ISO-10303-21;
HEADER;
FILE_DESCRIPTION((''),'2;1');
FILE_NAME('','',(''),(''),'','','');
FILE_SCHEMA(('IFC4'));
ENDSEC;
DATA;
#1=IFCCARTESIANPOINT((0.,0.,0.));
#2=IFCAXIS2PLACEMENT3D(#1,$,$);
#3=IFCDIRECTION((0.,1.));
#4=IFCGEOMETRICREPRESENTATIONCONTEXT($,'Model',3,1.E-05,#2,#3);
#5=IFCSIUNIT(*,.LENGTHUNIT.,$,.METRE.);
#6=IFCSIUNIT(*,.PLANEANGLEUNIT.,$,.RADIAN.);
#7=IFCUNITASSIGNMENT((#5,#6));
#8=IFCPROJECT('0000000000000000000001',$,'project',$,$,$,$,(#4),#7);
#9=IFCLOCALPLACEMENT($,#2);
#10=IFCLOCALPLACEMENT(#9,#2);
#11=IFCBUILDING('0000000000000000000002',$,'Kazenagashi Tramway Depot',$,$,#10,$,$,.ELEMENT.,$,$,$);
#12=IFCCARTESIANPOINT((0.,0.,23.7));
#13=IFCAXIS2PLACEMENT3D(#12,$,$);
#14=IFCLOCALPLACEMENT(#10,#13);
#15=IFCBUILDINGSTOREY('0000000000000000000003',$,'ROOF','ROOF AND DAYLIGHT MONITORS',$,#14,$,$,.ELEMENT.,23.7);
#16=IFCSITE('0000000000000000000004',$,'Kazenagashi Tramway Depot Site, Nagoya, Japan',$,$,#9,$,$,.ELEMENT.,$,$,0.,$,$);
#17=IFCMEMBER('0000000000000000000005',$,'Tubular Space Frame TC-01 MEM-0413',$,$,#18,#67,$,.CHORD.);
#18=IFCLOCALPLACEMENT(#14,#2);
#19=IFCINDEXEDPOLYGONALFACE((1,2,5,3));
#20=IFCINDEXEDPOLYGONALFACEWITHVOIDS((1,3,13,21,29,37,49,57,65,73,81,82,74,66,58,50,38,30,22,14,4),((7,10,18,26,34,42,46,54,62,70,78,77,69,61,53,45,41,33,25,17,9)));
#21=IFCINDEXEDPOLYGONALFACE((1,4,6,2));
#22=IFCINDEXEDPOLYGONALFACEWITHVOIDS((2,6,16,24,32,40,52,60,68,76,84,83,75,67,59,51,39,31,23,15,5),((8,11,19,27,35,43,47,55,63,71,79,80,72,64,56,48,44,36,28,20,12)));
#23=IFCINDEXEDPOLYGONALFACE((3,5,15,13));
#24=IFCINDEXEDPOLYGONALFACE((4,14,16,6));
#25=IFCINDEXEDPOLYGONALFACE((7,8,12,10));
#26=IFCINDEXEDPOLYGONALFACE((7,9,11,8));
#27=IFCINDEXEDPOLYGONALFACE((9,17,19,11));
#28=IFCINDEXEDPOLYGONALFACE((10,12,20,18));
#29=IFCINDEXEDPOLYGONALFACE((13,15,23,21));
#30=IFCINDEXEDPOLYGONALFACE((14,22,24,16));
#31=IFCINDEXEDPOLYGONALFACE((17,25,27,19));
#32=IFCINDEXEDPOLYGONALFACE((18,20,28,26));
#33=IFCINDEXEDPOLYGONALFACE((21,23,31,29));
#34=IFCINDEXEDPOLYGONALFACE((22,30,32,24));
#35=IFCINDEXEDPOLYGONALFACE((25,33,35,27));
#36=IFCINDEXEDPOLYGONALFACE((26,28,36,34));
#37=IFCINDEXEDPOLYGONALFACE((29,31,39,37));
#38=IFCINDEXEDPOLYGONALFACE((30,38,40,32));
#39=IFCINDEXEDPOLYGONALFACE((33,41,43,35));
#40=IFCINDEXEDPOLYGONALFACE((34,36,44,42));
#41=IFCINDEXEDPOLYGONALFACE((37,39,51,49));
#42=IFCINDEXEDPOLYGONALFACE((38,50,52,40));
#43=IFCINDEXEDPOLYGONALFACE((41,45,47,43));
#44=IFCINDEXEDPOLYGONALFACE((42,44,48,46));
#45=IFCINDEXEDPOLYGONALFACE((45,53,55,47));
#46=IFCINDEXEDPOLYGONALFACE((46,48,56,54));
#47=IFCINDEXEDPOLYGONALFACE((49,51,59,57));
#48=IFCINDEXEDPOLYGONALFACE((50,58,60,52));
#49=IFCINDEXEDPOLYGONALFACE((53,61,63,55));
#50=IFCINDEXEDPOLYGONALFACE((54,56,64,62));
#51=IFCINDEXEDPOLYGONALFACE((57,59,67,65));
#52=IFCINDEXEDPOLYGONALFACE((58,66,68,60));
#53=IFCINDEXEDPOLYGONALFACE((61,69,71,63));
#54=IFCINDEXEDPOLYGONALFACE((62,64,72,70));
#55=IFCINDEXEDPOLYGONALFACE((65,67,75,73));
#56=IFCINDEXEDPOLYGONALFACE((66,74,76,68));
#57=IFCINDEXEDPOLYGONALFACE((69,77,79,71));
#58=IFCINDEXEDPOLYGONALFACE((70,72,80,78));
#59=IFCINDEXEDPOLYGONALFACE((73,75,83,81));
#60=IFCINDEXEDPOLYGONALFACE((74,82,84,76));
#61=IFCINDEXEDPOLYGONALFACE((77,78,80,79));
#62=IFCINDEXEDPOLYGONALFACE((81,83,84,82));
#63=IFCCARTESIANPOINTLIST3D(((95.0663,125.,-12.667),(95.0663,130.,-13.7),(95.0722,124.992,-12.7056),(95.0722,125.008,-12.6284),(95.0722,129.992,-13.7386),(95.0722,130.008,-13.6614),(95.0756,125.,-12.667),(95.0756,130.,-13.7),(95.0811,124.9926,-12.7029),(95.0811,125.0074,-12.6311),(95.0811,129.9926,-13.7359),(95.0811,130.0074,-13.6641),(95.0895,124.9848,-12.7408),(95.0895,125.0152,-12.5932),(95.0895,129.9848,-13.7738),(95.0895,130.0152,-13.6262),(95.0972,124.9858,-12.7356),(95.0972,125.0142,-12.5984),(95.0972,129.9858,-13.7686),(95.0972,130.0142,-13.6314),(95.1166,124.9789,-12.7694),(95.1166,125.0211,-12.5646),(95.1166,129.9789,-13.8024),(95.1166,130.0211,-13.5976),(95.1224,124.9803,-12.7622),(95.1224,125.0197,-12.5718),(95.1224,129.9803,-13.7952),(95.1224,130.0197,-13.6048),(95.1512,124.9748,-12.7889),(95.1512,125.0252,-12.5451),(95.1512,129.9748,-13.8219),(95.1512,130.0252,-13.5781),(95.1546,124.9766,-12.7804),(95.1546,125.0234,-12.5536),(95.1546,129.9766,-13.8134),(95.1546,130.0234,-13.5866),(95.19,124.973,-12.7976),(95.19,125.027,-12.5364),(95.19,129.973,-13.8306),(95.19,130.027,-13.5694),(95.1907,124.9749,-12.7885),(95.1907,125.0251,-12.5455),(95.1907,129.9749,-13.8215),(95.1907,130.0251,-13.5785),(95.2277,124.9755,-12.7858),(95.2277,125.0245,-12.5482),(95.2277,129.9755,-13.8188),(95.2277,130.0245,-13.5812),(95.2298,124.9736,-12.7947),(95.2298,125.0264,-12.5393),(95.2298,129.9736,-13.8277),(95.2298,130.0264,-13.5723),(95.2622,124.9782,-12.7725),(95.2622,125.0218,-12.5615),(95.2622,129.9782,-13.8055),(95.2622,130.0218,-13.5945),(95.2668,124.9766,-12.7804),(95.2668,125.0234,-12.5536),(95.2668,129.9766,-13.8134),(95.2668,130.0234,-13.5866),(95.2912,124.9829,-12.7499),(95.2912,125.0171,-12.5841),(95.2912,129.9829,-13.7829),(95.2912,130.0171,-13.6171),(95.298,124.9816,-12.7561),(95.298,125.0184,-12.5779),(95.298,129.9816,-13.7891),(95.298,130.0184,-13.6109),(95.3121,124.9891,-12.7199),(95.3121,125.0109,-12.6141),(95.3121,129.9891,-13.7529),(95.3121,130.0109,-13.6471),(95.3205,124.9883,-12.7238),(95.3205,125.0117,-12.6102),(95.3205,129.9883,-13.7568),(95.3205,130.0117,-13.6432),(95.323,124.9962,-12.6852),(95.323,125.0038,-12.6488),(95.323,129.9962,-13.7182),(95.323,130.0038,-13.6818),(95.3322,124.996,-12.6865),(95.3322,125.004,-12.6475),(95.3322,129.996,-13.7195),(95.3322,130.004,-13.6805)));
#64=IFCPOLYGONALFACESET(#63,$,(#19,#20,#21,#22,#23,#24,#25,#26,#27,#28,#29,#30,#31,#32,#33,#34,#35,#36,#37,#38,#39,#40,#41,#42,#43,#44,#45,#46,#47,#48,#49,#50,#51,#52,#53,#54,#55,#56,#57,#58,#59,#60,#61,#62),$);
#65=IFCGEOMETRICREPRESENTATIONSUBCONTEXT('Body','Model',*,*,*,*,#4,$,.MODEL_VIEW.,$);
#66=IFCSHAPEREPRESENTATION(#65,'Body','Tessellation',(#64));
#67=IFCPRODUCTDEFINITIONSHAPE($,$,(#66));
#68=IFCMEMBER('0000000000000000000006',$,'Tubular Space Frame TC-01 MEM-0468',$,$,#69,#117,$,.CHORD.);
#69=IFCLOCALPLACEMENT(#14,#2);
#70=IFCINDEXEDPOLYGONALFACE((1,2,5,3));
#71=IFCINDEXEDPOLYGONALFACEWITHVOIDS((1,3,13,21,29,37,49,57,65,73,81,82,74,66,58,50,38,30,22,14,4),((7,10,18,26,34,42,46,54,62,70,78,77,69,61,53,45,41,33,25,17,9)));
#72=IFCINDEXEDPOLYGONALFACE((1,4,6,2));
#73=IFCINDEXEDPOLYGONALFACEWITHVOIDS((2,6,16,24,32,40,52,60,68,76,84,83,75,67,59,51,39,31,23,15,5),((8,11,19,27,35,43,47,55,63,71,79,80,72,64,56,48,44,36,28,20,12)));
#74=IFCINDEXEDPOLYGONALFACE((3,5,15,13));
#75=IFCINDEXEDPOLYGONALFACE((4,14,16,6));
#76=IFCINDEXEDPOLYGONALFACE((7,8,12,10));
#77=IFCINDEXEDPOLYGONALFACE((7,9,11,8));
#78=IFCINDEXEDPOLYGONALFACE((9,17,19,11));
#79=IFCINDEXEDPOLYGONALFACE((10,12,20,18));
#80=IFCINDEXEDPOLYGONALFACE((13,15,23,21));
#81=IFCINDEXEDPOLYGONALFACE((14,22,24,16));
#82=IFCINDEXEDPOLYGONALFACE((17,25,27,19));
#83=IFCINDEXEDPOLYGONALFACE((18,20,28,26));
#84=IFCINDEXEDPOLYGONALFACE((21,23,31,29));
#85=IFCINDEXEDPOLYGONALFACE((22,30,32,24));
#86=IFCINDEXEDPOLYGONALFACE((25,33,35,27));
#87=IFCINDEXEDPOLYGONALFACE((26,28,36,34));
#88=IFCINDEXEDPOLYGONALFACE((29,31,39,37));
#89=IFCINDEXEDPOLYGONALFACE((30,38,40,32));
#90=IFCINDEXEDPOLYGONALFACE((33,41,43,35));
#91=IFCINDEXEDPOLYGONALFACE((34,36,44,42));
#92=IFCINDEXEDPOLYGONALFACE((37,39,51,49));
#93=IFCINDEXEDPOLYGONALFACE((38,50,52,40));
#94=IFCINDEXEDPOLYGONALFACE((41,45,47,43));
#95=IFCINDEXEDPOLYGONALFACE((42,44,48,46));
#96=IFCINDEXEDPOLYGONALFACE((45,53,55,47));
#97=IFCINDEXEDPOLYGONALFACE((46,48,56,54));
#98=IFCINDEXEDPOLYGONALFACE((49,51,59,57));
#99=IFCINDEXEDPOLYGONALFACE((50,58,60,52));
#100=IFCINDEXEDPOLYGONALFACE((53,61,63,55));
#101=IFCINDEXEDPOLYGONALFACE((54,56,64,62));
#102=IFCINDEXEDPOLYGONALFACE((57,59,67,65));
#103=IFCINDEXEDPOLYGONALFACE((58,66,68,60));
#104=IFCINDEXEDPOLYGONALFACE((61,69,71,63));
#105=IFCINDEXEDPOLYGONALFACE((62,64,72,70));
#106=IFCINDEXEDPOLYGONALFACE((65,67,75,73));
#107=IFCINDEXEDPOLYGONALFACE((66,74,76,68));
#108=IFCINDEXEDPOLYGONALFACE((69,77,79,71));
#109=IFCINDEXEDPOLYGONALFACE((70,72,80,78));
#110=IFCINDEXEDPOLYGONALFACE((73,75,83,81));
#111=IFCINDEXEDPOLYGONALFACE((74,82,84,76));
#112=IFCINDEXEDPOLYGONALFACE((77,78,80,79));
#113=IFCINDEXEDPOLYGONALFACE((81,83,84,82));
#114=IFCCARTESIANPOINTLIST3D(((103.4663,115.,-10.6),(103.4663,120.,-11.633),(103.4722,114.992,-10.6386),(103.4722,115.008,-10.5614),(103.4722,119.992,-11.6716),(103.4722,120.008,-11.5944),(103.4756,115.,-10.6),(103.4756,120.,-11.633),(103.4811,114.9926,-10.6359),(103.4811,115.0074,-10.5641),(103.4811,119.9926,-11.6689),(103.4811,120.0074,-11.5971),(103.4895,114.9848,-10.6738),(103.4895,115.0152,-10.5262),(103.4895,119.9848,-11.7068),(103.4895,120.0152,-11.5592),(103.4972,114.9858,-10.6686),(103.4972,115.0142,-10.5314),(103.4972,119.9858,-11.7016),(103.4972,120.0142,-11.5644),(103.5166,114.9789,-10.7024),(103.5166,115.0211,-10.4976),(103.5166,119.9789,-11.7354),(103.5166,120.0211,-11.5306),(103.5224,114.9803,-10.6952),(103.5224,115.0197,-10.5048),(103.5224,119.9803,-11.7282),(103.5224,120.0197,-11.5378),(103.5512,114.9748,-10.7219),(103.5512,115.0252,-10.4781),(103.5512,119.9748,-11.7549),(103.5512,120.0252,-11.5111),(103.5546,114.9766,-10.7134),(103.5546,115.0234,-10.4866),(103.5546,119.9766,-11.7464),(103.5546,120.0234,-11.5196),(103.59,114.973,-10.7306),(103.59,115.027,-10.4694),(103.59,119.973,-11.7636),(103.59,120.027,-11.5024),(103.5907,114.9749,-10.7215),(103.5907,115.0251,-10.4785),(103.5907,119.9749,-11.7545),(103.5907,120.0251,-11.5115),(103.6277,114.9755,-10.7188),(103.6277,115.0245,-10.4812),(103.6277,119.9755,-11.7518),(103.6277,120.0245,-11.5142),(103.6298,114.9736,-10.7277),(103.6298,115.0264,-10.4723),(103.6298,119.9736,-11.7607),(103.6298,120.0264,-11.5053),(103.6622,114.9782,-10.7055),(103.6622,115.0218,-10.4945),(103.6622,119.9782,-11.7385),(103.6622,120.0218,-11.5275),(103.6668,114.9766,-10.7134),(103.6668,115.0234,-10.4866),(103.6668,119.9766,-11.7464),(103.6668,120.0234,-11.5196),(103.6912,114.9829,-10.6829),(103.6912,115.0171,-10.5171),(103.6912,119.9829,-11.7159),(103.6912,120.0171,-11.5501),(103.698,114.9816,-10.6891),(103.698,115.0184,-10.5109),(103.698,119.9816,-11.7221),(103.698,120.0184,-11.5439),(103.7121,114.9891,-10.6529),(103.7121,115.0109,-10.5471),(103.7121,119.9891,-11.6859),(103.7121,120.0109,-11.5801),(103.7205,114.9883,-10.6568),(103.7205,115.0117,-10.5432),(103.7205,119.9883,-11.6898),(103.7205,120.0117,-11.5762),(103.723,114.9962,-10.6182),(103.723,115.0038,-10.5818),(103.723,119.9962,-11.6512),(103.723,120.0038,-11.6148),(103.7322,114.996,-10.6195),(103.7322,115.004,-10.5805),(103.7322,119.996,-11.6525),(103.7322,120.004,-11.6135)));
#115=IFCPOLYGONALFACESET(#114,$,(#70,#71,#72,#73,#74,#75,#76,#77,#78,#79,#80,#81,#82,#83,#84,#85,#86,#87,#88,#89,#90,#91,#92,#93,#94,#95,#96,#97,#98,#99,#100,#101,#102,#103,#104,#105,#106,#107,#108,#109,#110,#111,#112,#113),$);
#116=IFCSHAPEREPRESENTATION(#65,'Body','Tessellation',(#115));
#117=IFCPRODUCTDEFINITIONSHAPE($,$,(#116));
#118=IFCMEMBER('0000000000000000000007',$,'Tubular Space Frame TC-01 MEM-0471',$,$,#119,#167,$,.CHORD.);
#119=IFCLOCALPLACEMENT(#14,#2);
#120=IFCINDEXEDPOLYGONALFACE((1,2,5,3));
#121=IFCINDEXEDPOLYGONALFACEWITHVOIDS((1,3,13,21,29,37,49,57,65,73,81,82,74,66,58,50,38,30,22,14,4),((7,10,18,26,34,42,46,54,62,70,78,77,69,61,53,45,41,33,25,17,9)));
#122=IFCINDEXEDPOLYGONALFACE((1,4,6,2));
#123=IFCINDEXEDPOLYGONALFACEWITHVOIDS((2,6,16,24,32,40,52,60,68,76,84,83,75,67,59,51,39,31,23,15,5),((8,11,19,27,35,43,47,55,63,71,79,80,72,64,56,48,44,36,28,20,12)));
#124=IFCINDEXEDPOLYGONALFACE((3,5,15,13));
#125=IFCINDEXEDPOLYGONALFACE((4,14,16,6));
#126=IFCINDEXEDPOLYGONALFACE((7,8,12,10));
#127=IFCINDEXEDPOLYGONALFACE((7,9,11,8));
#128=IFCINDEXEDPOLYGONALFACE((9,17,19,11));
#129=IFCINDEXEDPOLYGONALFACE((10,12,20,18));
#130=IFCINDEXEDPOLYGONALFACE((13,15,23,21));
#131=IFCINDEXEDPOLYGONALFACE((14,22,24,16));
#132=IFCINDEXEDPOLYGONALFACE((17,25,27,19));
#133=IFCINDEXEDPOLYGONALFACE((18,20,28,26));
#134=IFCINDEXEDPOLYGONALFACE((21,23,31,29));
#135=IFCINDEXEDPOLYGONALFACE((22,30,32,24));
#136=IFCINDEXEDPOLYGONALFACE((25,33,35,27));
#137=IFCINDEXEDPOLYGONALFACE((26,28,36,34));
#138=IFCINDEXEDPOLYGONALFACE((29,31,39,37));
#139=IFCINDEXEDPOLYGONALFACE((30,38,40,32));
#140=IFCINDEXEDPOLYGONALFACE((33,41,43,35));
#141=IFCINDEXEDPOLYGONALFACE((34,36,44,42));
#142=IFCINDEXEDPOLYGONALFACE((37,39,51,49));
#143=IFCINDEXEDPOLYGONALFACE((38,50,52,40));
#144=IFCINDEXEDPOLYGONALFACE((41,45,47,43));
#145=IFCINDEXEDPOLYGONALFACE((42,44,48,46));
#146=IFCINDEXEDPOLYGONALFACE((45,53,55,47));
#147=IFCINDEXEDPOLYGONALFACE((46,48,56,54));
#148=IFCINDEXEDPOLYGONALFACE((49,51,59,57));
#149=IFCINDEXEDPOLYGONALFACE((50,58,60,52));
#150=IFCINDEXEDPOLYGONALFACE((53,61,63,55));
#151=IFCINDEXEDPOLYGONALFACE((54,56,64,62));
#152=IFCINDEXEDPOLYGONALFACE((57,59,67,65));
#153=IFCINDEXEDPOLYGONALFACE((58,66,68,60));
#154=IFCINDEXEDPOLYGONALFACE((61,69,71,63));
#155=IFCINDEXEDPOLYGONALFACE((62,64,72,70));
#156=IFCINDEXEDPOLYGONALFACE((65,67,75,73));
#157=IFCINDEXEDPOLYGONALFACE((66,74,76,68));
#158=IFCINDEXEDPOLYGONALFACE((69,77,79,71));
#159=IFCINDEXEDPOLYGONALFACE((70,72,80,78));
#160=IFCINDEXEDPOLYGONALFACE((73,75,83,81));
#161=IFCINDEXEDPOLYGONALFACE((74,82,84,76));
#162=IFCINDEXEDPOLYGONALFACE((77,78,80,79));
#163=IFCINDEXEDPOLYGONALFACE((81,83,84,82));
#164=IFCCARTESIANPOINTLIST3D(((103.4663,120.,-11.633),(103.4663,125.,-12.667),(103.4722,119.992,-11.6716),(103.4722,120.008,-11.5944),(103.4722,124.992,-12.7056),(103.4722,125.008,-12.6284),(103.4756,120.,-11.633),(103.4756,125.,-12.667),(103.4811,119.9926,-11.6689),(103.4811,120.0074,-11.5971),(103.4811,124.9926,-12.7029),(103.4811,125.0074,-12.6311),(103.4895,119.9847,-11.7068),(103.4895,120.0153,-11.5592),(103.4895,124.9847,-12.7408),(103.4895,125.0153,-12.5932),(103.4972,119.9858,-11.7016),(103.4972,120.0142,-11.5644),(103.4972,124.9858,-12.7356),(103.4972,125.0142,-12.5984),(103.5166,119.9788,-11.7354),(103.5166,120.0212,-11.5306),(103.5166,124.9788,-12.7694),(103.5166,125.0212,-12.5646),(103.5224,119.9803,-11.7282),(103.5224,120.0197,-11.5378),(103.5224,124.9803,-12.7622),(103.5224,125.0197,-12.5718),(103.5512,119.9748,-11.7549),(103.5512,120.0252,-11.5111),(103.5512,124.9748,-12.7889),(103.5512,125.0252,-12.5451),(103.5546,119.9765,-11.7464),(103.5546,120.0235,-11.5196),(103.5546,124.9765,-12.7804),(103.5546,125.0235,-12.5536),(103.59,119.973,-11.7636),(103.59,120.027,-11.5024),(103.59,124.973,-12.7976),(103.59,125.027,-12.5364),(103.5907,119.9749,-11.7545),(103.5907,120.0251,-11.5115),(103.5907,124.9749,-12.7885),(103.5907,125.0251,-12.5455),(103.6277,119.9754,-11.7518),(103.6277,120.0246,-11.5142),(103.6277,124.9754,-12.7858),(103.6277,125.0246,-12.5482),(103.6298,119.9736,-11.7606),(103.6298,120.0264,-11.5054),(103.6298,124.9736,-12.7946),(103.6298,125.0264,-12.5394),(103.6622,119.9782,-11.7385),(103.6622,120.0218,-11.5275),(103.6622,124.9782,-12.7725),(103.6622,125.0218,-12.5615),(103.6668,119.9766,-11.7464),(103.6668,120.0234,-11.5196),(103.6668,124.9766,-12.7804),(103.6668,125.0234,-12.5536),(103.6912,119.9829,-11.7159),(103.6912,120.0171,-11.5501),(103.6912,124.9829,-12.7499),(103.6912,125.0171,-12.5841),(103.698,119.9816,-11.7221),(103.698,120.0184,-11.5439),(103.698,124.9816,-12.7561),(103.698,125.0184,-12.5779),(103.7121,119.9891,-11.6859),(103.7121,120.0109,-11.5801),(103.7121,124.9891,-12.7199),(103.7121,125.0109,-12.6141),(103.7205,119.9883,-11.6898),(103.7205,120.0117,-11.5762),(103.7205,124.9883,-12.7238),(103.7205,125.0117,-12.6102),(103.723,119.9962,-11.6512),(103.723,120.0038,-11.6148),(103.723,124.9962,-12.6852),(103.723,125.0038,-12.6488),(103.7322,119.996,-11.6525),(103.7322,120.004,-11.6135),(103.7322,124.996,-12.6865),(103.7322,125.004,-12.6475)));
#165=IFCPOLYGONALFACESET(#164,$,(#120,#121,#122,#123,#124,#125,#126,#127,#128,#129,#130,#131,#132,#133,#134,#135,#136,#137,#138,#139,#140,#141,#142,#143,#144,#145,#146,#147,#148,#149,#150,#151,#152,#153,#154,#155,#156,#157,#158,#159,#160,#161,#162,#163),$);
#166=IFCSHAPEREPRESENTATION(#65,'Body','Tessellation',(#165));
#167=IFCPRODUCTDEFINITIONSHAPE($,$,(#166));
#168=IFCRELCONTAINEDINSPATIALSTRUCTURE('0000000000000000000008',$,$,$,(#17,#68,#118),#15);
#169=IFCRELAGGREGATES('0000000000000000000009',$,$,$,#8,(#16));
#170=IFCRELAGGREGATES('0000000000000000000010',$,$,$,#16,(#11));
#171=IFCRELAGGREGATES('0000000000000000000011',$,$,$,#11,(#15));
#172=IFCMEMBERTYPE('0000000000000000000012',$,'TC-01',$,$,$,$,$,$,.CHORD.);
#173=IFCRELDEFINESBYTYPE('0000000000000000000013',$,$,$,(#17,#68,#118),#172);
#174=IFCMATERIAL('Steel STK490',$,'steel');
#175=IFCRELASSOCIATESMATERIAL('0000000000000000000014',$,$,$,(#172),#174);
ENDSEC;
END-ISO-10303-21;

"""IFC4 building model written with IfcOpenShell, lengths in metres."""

from ifc_helpers import new_model, si_unit, direction, frame, origin, origin_2d, place, context, subcontext, project, spatial, hollow_circle, extrude, material, material_profile, profile_set, type_object, element, save


model = new_model("IFC4")

# Units and contexts
model_context = context("Model", 3, precision=1e-05, world=origin(), true_north=direction((0.0, 1.0)))
body_context = subcontext(model_context, "Body", "Model", "MODEL_VIEW")
ifc_project = project(units=[si_unit("LENGTHUNIT", "METRE"), si_unit("PLANEANGLEUNIT", "RADIAN")], contexts=[model_context])

# Site, building, storey
site_placement = place(None, origin())
site = spatial("IfcSite", under=ifc_project, at=site_placement, Name="Kazenagashi Tramway Depot Site, Nagoya, Japan", CompositionType="ELEMENT", RefElevation=0.0)
building_placement = place(site_placement, origin())
building = spatial("IfcBuilding", under=site, at=building_placement, Name="Kazenagashi Tramway Depot", CompositionType="ELEMENT")
storey_placement = place(building_placement, frame((0.0, 0.0, 23.7)))
storey = spatial("IfcBuildingStorey", under=building, at=storey_placement, Name="ROOF", Description="ROOF AND DAYLIGHT MONITORS", CompositionType="ELEMENT", Elevation=23.7)

# Members
ifc_material_1 = material(Name="Steel STK490", Category="steel")
ifc_material_profile_1 = material_profile(ifc_material_1, hollow_circle(Radius=0.1337, WallThickness=0.0093, at=origin_2d()), Name="CHS-267.4x9.3")
ifc_profile_set_1 = profile_set([ifc_material_profile_1], Name="Steel STK490")
member_type_1 = type_object("IfcMemberType", Name="TC-01", PredefinedType="CHORD", material=ifc_profile_set_1)
for number, where, z_axis, x_axis, name in (
    (1, (95.2, 125.0, -12.667), (0.0, 0.979318, -0.202327), (-1.0, 0.0, 0.0), "Tubular Space Frame TC-01 MEM-0413"),
    (2, (103.6, 115.0, -10.6), (0.0, 0.979318, -0.202327), (-1.0, 0.0, 0.0), "Tubular Space Frame TC-01 MEM-0468"),
):
    element("IfcMember", number, at=place(storey_placement, frame(where, z_axis=z_axis, x_axis=x_axis)), inside=storey, type_object=member_type_1, Name=name, PredefinedType="CHORD", context=body_context, shape_type="SweptSolid", body=[
        extrude(hollow_circle(Radius=0.1337, WallThickness=0.0093, at=origin_2d()), origin(), (0.0, 0.0, 1.0), 5.1056),
    ])
member_1_placement = place(storey_placement, frame((103.6, 120.0, -11.633), z_axis=(0.0, 0.979279, -0.202515), x_axis=(-1.0, 0.0, 0.0)))
element("IfcMember", 3, at=member_1_placement, inside=storey, type_object=member_type_1, Name="Tubular Space Frame TC-01 MEM-0471", PredefinedType="CHORD", context=body_context, shape_type="SweptSolid", body=[
    extrude(hollow_circle(Radius=0.1337, WallThickness=0.0093, at=origin_2d()), origin(), (0.0, 0.0, 1.0), 5.1058),
])

save(model, "model.ifc")
